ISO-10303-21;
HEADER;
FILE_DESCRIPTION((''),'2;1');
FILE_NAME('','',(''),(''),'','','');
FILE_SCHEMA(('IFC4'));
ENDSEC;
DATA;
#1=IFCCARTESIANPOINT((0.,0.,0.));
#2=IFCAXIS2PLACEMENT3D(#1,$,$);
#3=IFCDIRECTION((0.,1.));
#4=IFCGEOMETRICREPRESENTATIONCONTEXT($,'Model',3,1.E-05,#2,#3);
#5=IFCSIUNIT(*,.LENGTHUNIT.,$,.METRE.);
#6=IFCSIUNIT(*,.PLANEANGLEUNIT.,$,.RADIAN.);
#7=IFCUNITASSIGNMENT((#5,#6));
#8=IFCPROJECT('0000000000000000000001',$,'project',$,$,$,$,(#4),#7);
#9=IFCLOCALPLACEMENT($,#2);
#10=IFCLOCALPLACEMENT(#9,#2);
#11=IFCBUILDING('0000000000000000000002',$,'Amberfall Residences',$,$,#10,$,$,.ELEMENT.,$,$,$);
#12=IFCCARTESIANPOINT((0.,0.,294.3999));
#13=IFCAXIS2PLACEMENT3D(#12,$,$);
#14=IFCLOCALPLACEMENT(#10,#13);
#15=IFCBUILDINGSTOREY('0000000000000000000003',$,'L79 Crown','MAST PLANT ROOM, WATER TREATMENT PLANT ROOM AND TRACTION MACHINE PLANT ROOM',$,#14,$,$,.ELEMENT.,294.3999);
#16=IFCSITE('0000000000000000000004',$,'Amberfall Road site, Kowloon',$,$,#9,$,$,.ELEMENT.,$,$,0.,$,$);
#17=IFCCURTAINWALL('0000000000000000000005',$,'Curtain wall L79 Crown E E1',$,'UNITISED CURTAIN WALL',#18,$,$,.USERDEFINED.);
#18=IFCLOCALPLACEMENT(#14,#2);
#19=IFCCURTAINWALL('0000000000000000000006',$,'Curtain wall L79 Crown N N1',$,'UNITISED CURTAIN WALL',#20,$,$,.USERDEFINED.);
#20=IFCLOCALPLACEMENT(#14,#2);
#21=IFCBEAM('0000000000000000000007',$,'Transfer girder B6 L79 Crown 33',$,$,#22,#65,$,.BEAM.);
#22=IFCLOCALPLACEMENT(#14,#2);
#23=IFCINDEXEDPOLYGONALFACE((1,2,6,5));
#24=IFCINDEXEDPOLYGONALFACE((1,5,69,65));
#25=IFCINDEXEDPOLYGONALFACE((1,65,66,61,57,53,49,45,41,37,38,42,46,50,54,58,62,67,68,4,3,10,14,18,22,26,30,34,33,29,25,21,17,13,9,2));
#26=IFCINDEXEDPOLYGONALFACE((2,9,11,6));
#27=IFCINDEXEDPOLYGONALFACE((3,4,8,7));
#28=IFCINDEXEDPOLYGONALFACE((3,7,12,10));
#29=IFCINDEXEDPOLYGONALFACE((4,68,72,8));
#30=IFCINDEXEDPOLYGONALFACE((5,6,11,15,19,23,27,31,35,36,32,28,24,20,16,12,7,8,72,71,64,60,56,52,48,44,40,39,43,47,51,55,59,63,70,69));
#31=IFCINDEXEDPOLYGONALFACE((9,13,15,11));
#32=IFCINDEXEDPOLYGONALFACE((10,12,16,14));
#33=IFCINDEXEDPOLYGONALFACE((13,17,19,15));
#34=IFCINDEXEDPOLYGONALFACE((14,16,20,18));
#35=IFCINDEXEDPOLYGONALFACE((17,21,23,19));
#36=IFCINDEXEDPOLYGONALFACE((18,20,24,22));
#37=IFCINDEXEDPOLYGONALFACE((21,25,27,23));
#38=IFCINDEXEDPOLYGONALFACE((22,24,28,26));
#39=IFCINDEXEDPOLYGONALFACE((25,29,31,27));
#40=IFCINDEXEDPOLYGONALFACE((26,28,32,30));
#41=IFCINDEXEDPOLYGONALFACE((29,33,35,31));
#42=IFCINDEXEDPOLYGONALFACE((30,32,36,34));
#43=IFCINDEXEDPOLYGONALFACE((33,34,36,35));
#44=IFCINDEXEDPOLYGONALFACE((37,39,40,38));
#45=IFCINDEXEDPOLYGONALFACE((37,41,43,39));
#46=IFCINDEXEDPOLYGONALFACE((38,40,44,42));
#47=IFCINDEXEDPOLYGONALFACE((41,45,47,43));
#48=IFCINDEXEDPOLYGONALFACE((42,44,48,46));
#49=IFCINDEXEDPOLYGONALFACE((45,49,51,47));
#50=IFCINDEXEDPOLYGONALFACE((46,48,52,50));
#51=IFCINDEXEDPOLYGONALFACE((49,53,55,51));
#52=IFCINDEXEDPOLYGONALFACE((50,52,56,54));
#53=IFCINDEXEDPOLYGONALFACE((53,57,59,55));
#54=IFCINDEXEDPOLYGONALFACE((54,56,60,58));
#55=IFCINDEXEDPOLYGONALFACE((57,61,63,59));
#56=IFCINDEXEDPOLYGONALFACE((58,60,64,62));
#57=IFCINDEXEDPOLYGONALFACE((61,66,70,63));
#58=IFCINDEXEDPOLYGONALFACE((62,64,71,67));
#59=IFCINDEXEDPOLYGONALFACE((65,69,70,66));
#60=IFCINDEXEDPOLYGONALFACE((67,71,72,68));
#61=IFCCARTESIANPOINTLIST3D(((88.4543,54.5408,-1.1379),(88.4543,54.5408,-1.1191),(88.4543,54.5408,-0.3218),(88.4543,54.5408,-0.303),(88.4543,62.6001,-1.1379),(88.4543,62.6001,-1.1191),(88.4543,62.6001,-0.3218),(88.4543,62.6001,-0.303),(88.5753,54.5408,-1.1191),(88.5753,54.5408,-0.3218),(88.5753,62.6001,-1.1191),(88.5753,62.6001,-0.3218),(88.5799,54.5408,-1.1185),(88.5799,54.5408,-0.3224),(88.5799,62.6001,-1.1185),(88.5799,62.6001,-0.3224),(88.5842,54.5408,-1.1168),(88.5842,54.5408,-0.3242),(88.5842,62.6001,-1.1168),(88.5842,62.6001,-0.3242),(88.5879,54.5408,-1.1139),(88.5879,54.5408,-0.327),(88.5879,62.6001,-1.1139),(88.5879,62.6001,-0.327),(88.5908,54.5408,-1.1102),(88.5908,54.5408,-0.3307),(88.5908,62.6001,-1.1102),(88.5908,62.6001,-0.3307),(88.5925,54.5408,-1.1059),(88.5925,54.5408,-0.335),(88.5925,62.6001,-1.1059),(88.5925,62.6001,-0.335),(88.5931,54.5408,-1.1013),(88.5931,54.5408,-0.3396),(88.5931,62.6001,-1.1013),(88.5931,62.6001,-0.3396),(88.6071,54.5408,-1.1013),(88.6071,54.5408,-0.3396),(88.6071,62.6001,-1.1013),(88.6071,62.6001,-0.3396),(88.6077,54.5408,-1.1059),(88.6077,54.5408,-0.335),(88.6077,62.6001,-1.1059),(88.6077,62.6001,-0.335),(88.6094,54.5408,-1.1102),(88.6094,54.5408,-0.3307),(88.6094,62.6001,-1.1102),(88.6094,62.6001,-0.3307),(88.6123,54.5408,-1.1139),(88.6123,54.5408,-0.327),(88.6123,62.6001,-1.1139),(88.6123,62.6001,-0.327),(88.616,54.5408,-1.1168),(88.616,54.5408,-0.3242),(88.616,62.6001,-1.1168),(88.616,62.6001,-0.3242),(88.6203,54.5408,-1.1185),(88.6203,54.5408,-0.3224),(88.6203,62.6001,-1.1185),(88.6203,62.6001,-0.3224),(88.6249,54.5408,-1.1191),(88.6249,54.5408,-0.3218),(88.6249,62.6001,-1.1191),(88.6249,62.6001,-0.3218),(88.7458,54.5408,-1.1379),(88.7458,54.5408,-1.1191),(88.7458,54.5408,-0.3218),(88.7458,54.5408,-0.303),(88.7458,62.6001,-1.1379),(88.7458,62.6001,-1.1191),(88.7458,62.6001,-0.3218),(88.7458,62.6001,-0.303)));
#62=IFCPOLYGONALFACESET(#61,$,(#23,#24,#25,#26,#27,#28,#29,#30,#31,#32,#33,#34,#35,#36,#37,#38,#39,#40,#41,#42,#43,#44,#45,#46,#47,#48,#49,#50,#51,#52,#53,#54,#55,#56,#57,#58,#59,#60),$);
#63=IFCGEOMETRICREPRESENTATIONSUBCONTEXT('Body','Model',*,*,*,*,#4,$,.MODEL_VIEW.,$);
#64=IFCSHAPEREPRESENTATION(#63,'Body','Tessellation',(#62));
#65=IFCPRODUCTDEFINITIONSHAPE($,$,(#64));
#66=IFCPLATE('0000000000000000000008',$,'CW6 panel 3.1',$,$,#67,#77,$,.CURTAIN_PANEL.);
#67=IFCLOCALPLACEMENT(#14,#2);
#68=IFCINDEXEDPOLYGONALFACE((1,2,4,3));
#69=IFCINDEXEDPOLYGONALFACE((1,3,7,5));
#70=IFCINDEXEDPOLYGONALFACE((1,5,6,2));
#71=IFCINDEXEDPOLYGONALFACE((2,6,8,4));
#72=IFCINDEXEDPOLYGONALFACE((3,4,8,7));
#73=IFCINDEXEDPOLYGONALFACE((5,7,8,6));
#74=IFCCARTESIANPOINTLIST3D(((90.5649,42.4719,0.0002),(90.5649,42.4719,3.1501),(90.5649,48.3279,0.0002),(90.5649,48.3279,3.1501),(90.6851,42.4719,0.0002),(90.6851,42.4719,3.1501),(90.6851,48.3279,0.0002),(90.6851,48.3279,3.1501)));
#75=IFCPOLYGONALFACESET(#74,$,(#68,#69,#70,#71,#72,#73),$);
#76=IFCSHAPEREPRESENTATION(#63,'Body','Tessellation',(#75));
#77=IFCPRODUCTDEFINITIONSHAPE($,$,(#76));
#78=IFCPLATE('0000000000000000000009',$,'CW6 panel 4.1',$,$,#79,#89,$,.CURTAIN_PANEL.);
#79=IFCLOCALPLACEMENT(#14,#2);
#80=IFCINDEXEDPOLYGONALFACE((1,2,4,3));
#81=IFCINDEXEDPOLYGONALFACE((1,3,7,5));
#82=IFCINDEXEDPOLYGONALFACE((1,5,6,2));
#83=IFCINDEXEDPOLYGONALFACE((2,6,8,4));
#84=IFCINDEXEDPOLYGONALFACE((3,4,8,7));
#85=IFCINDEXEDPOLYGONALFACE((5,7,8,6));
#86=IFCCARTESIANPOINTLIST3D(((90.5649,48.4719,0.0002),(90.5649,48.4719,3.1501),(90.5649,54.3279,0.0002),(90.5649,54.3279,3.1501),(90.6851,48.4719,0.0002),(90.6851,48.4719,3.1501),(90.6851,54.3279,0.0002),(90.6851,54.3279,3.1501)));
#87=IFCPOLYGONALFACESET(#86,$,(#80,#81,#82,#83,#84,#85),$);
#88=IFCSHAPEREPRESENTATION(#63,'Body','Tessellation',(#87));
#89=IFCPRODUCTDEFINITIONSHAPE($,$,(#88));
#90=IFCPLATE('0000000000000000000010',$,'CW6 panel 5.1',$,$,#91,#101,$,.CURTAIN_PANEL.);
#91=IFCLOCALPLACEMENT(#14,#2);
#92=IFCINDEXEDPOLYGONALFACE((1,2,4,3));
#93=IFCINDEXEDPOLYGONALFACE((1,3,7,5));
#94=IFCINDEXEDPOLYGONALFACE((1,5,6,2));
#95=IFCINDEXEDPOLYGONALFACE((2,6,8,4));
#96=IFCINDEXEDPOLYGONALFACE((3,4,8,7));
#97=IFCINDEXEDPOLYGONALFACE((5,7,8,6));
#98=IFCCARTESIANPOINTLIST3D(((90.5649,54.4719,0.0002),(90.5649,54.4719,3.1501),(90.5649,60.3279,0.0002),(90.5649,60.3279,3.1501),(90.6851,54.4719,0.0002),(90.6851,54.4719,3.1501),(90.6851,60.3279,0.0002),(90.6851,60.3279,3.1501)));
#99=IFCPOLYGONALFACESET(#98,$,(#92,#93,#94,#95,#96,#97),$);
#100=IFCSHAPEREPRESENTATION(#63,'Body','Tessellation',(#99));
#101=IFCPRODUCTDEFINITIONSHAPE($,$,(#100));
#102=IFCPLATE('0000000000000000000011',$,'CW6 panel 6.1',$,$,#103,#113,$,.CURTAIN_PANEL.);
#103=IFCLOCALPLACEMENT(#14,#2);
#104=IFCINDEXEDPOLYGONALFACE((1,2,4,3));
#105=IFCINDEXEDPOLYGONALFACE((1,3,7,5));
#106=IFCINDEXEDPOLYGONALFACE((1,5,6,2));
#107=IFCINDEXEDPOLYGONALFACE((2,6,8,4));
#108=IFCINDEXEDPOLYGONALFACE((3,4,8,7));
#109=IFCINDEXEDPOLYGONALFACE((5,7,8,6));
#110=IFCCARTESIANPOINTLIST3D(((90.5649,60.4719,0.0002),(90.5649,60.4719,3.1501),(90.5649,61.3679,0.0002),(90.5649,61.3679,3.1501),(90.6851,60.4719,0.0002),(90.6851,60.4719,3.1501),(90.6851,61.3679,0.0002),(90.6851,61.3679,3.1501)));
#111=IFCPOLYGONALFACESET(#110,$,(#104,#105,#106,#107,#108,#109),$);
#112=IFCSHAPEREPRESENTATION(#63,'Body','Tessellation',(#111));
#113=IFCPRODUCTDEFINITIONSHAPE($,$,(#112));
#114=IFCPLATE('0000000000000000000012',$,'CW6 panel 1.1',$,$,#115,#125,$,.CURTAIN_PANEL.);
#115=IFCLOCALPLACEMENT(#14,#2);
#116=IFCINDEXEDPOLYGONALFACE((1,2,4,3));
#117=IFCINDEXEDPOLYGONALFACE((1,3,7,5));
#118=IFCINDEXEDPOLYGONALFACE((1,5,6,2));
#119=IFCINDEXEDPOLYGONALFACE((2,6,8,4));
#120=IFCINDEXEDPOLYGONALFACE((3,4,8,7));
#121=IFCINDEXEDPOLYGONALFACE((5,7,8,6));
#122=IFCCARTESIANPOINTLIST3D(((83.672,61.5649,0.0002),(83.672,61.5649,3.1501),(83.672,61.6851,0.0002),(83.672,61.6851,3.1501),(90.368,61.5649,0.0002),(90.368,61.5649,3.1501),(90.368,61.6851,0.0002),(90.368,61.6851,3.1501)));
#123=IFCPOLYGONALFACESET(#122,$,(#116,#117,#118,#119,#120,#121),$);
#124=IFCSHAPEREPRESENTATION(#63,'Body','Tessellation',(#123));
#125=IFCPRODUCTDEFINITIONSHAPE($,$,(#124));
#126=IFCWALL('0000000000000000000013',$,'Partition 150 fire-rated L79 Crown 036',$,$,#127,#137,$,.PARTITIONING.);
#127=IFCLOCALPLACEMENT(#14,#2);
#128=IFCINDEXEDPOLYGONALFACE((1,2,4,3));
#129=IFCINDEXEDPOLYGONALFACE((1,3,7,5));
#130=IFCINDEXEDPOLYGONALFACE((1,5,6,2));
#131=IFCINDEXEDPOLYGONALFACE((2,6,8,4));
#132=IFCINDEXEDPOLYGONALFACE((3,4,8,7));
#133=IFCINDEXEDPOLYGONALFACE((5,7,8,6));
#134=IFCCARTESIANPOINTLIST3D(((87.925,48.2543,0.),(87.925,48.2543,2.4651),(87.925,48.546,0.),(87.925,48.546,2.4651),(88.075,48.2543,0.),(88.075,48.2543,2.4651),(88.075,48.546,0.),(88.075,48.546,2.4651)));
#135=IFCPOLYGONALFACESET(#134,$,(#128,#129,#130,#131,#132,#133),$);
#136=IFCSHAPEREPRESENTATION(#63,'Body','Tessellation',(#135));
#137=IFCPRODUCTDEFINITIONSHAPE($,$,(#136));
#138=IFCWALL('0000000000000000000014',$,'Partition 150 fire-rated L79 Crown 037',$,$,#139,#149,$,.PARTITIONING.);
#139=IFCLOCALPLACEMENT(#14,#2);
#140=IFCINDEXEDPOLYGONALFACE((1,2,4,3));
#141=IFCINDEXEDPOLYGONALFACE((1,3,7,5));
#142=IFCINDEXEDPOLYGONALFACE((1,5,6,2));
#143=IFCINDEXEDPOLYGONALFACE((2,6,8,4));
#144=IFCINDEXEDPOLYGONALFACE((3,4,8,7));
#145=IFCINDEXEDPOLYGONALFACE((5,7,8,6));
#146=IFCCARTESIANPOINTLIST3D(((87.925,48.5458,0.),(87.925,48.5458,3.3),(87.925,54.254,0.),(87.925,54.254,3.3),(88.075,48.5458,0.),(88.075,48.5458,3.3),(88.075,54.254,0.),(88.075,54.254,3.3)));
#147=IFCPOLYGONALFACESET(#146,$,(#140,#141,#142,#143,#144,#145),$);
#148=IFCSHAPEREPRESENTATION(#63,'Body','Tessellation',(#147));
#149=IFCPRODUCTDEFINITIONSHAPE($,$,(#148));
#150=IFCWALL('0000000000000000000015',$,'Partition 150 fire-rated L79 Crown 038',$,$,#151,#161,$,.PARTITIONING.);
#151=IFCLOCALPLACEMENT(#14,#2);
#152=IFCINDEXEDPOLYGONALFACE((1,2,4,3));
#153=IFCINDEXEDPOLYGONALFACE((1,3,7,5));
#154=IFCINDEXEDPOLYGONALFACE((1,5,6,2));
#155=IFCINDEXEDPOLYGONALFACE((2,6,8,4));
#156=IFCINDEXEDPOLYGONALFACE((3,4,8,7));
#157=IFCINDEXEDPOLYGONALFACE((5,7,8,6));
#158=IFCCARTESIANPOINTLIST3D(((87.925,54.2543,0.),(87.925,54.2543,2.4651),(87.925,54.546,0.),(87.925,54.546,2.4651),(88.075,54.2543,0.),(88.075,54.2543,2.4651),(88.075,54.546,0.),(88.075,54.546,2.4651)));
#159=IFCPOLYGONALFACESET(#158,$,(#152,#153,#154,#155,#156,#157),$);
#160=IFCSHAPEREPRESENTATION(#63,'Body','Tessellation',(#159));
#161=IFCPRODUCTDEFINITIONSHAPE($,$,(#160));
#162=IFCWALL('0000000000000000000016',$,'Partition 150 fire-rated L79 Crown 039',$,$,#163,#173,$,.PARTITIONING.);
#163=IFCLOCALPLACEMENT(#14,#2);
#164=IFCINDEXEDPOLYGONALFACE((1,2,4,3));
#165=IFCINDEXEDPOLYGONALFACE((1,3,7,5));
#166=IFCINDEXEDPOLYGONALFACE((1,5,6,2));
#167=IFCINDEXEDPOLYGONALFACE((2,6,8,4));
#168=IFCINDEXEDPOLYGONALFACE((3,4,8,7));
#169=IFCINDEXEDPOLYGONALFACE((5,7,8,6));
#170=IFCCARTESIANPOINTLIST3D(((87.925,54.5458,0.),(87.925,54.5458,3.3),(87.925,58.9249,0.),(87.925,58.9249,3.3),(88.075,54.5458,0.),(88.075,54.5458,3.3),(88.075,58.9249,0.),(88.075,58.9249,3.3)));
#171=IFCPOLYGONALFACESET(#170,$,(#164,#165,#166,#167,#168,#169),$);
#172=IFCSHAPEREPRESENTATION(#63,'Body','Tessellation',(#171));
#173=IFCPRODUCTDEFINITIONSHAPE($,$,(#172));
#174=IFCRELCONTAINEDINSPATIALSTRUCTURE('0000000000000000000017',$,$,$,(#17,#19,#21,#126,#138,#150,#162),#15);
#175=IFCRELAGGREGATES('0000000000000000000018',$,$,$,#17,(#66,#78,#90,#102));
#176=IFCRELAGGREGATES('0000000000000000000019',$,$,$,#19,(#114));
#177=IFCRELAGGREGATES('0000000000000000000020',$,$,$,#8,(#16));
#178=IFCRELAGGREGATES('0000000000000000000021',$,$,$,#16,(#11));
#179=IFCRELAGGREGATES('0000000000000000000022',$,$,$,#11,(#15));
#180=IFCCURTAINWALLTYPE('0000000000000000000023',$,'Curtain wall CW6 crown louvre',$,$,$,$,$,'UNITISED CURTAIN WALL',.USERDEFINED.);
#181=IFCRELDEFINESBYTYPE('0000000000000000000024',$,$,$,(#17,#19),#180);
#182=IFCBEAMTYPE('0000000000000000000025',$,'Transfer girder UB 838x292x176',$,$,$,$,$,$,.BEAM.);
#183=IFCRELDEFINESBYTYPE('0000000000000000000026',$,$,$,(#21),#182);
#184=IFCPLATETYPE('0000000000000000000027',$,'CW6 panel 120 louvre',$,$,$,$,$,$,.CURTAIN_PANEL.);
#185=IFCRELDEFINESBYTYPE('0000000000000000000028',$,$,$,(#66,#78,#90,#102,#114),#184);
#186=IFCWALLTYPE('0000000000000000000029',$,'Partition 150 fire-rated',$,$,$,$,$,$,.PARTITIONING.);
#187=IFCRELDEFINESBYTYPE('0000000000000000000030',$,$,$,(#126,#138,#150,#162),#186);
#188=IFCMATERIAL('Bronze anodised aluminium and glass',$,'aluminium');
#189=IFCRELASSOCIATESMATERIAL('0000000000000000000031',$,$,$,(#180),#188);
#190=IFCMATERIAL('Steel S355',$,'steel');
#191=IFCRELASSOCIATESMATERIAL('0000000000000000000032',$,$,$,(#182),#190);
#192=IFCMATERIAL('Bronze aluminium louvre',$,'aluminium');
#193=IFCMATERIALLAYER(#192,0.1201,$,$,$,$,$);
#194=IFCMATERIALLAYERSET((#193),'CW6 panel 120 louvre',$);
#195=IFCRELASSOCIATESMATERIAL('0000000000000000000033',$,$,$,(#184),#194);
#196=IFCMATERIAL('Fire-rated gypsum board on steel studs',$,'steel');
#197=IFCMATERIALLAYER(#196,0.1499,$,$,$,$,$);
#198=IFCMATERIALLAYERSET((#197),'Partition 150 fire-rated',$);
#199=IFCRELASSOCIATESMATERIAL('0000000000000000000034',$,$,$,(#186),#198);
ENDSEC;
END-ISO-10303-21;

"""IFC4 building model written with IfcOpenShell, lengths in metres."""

from ifc_helpers import new_model, si_unit, direction, frame, frame_2d, origin, origin_2d, place, context, subcontext, project, spatial, rectangle, i_section, extrude, material, layer, layer_set, material_profile, profile_set, type_object, element, aggregate, save


model = new_model("IFC4")

# Units and contexts
model_context = context("Model", 3, precision=1e-05, world=origin(), true_north=direction((0.0, 1.0)))
body_context = subcontext(model_context, "Body", "Model", "MODEL_VIEW")
ifc_project = project(units=[si_unit("LENGTHUNIT", "METRE"), si_unit("PLANEANGLEUNIT", "RADIAN")], contexts=[model_context])

# Site, building, storey
site_placement = place(None, origin())
site = spatial("IfcSite", under=ifc_project, at=site_placement, Name="Amberfall Road site, Kowloon", CompositionType="ELEMENT", RefElevation=0.0)
building_placement = place(site_placement, origin())
building = spatial("IfcBuilding", under=site, at=building_placement, Name="Amberfall Residences", CompositionType="ELEMENT")
storey_placement = place(building_placement, frame((0.0, 0.0, 294.3999)))
storey = spatial("IfcBuildingStorey", under=building, at=storey_placement, Name="L79 Crown", Description="MAST PLANT ROOM, WATER TREATMENT PLANT ROOM AND TRACTION MACHINE PLANT ROOM", CompositionType="ELEMENT", Elevation=294.3999)

# Curtain wall
ifc_material_1 = material(Name="Bronze anodised aluminium and glass", Category="aluminium")
curtain_wall_type = type_object("IfcCurtainWallType", Name="Curtain wall CW6 crown louvre", ElementType="UNITISED CURTAIN WALL", PredefinedType="USERDEFINED", material=ifc_material_1)
curtain_wall_1_placement = place(storey_placement, origin())
curtain_wall_1 = element("IfcCurtainWall", 1, at=curtain_wall_1_placement, inside=storey, type_object=curtain_wall_type, Name="Curtain wall L79 Crown E E1", ObjectType="UNITISED CURTAIN WALL", PredefinedType="USERDEFINED")

# Curtain wall
curtain_wall_2_placement = place(storey_placement, origin())
curtain_wall_2 = element("IfcCurtainWall", 2, at=curtain_wall_2_placement, inside=storey, type_object=curtain_wall_type, Name="Curtain wall L79 Crown N N1", ObjectType="UNITISED CURTAIN WALL", PredefinedType="USERDEFINED")

# Beam
ifc_material_2 = material(Name="Steel S355", Category="steel")
ifc_material_profile_1 = material_profile(ifc_material_2, i_section(OverallWidth=0.2915, OverallDepth=0.835, WebThickness=0.0139, FlangeThickness=0.0188, FilletRadius=0.0178, at=origin_2d()), Name="UB 838x292x176")
ifc_profile_set_1 = profile_set([ifc_material_profile_1], Name="Steel S355")
beam_type_1 = type_object("IfcBeamType", Name="Transfer girder UB 838x292x176", PredefinedType="BEAM", material=ifc_profile_set_1)
beam_1_placement = place(storey_placement, frame((88.6001, 62.6001, -0.7205), z_axis=(0.0, -1.0, 0.0), x_axis=(1.0, 0.0, 0.0)))
element("IfcBeam", 3, at=beam_1_placement, inside=storey, type_object=beam_type_1, Name="Transfer girder B6 L79 Crown 33", PredefinedType="BEAM", context=body_context, shape_type="SweptSolid", body=[
    extrude(i_section(OverallWidth=0.2915, OverallDepth=0.835, WebThickness=0.0139, FlangeThickness=0.0188, FilletRadius=0.0178, at=origin_2d()), origin(), (0.0, 0.0, 1.0), 8.0593),
])

# Plates
ifc_material_3 = material(Name="Bronze aluminium louvre", Category="aluminium")
ifc_layer_1 = layer(ifc_material_3, 0.1201)
ifc_layer_set_1 = layer_set([ifc_layer_1], Name="CW6 panel 120 louvre")
plate_type = type_object("IfcPlateType", Name="CW6 panel 120 louvre", PredefinedType="CURTAIN_PANEL", material=ifc_layer_set_1)
plate_1_placement = place(storey_placement, frame((90.625, 45.3999, 0.0002), z_axis=(0.0, 0.0, 1.0), x_axis=(0.0, 1.0, 0.0)))
plate_1 = element("IfcPlate", 4, at=plate_1_placement, type_object=plate_type, Name="CW6 panel 3.1", PredefinedType="CURTAIN_PANEL", context=body_context, shape_type="SweptSolid", body=[
    extrude(rectangle(XDim=5.856, YDim=0.1201, at=origin_2d()), origin(), (0.0, 0.0, 1.0), 3.1499),
])
plate_2_placement = place(storey_placement, frame((90.625, 51.3999, 0.0002), z_axis=(0.0, 0.0, 1.0), x_axis=(0.0, 1.0, 0.0)))
plate_2 = element("IfcPlate", 5, at=plate_2_placement, type_object=plate_type, Name="CW6 panel 4.1", PredefinedType="CURTAIN_PANEL", context=body_context, shape_type="SweptSolid", body=[
    extrude(rectangle(XDim=5.856, YDim=0.1201, at=origin_2d()), origin(), (0.0, 0.0, 1.0), 3.1499),
])
plate_3_placement = place(storey_placement, frame((90.625, 57.3999, 0.0002), z_axis=(0.0, 0.0, 1.0), x_axis=(0.0, 1.0, 0.0)))
plate_3 = element("IfcPlate", 6, at=plate_3_placement, type_object=plate_type, Name="CW6 panel 5.1", PredefinedType="CURTAIN_PANEL", context=body_context, shape_type="SweptSolid", body=[
    extrude(rectangle(XDim=5.856, YDim=0.1201, at=origin_2d()), origin(), (0.0, 0.0, 1.0), 3.1499),
])
plate_4_placement = place(storey_placement, frame((90.625, 60.9199, 0.0002), z_axis=(0.0, 0.0, 1.0), x_axis=(0.0, 1.0, 0.0)))
plate_4 = element("IfcPlate", 7, at=plate_4_placement, type_object=plate_type, Name="CW6 panel 6.1", PredefinedType="CURTAIN_PANEL", context=body_context, shape_type="SweptSolid", body=[
    extrude(rectangle(XDim=0.896, YDim=0.1201, at=origin_2d()), origin(), (0.0, 0.0, 1.0), 3.1499),
])
aggregate(curtain_wall_1, [plate_1, plate_2, plate_3, plate_4])
plate_5_placement = place(storey_placement, frame((87.02, 61.625, 0.0002), z_axis=(0.0, 0.0, 1.0), x_axis=(-1.0, 0.0, 0.0)))
plate_5 = element("IfcPlate", 8, at=plate_5_placement, type_object=plate_type, Name="CW6 panel 1.1", PredefinedType="CURTAIN_PANEL", context=body_context, shape_type="SweptSolid", body=[
    extrude(rectangle(XDim=6.696, YDim=0.1201, at=origin_2d()), origin(), (0.0, 0.0, 1.0), 3.1499),
])
aggregate(curtain_wall_2, [plate_5])

# Walls
ifc_material_4 = material(Name="Fire-rated gypsum board on steel studs", Category="steel")
ifc_layer_2 = layer(ifc_material_4, 0.1499)
ifc_layer_set_2 = layer_set([ifc_layer_2], Name="Partition 150 fire-rated")
wall_type = type_object("IfcWallType", Name="Partition 150 fire-rated", PredefinedType="PARTITIONING", material=ifc_layer_set_2)
wall_1_placement = place(storey_placement, frame((88.0, 48.2542, 0.0), z_axis=(0.0, 0.0, 1.0), x_axis=(0.0, 1.0, 0.0)))
element("IfcWall", 9, at=wall_1_placement, inside=storey, type_object=wall_type, Name="Partition 150 fire-rated L79 Crown 036", PredefinedType="PARTITIONING", context=body_context, shape_type="SweptSolid", body=[
    extrude(rectangle(XDim=0.2917, YDim=0.1499, at=frame_2d((0.146, 0.0))), origin(), (0.0, 0.0, 1.0), 2.4651),
])
wall_2_placement = place(storey_placement, frame((88.0, 48.5459, 0.0), z_axis=(0.0, 0.0, 1.0), x_axis=(0.0, 1.0, 0.0)))
element("IfcWall", 10, at=wall_2_placement, inside=storey, type_object=wall_type, Name="Partition 150 fire-rated L79 Crown 037", PredefinedType="PARTITIONING", context=body_context, shape_type="SweptSolid", body=[
    extrude(rectangle(XDim=5.7083, YDim=0.1499, at=frame_2d((2.854, 0.0))), origin(), (0.0, 0.0, 1.0), 3.3),
])
wall_3_placement = place(storey_placement, frame((88.0, 54.2542, 0.0), z_axis=(0.0, 0.0, 1.0), x_axis=(0.0, 1.0, 0.0)))
element("IfcWall", 11, at=wall_3_placement, inside=storey, type_object=wall_type, Name="Partition 150 fire-rated L79 Crown 038", PredefinedType="PARTITIONING", context=body_context, shape_type="SweptSolid", body=[
    extrude(rectangle(XDim=0.2917, YDim=0.1499, at=frame_2d((0.146, 0.0))), origin(), (0.0, 0.0, 1.0), 2.4651),
])
wall_4_placement = place(storey_placement, frame((88.0, 54.5459, 0.0), z_axis=(0.0, 0.0, 1.0), x_axis=(0.0, 1.0, 0.0)))
element("IfcWall", 12, at=wall_4_placement, inside=storey, type_object=wall_type, Name="Partition 150 fire-rated L79 Crown 039", PredefinedType="PARTITIONING", context=body_context, shape_type="SweptSolid", body=[
    extrude(rectangle(XDim=4.3792, YDim=0.1499, at=frame_2d((2.1895, 0.0))), origin(), (0.0, 0.0, 1.0), 3.3),
])

save(model, "model.ifc")
